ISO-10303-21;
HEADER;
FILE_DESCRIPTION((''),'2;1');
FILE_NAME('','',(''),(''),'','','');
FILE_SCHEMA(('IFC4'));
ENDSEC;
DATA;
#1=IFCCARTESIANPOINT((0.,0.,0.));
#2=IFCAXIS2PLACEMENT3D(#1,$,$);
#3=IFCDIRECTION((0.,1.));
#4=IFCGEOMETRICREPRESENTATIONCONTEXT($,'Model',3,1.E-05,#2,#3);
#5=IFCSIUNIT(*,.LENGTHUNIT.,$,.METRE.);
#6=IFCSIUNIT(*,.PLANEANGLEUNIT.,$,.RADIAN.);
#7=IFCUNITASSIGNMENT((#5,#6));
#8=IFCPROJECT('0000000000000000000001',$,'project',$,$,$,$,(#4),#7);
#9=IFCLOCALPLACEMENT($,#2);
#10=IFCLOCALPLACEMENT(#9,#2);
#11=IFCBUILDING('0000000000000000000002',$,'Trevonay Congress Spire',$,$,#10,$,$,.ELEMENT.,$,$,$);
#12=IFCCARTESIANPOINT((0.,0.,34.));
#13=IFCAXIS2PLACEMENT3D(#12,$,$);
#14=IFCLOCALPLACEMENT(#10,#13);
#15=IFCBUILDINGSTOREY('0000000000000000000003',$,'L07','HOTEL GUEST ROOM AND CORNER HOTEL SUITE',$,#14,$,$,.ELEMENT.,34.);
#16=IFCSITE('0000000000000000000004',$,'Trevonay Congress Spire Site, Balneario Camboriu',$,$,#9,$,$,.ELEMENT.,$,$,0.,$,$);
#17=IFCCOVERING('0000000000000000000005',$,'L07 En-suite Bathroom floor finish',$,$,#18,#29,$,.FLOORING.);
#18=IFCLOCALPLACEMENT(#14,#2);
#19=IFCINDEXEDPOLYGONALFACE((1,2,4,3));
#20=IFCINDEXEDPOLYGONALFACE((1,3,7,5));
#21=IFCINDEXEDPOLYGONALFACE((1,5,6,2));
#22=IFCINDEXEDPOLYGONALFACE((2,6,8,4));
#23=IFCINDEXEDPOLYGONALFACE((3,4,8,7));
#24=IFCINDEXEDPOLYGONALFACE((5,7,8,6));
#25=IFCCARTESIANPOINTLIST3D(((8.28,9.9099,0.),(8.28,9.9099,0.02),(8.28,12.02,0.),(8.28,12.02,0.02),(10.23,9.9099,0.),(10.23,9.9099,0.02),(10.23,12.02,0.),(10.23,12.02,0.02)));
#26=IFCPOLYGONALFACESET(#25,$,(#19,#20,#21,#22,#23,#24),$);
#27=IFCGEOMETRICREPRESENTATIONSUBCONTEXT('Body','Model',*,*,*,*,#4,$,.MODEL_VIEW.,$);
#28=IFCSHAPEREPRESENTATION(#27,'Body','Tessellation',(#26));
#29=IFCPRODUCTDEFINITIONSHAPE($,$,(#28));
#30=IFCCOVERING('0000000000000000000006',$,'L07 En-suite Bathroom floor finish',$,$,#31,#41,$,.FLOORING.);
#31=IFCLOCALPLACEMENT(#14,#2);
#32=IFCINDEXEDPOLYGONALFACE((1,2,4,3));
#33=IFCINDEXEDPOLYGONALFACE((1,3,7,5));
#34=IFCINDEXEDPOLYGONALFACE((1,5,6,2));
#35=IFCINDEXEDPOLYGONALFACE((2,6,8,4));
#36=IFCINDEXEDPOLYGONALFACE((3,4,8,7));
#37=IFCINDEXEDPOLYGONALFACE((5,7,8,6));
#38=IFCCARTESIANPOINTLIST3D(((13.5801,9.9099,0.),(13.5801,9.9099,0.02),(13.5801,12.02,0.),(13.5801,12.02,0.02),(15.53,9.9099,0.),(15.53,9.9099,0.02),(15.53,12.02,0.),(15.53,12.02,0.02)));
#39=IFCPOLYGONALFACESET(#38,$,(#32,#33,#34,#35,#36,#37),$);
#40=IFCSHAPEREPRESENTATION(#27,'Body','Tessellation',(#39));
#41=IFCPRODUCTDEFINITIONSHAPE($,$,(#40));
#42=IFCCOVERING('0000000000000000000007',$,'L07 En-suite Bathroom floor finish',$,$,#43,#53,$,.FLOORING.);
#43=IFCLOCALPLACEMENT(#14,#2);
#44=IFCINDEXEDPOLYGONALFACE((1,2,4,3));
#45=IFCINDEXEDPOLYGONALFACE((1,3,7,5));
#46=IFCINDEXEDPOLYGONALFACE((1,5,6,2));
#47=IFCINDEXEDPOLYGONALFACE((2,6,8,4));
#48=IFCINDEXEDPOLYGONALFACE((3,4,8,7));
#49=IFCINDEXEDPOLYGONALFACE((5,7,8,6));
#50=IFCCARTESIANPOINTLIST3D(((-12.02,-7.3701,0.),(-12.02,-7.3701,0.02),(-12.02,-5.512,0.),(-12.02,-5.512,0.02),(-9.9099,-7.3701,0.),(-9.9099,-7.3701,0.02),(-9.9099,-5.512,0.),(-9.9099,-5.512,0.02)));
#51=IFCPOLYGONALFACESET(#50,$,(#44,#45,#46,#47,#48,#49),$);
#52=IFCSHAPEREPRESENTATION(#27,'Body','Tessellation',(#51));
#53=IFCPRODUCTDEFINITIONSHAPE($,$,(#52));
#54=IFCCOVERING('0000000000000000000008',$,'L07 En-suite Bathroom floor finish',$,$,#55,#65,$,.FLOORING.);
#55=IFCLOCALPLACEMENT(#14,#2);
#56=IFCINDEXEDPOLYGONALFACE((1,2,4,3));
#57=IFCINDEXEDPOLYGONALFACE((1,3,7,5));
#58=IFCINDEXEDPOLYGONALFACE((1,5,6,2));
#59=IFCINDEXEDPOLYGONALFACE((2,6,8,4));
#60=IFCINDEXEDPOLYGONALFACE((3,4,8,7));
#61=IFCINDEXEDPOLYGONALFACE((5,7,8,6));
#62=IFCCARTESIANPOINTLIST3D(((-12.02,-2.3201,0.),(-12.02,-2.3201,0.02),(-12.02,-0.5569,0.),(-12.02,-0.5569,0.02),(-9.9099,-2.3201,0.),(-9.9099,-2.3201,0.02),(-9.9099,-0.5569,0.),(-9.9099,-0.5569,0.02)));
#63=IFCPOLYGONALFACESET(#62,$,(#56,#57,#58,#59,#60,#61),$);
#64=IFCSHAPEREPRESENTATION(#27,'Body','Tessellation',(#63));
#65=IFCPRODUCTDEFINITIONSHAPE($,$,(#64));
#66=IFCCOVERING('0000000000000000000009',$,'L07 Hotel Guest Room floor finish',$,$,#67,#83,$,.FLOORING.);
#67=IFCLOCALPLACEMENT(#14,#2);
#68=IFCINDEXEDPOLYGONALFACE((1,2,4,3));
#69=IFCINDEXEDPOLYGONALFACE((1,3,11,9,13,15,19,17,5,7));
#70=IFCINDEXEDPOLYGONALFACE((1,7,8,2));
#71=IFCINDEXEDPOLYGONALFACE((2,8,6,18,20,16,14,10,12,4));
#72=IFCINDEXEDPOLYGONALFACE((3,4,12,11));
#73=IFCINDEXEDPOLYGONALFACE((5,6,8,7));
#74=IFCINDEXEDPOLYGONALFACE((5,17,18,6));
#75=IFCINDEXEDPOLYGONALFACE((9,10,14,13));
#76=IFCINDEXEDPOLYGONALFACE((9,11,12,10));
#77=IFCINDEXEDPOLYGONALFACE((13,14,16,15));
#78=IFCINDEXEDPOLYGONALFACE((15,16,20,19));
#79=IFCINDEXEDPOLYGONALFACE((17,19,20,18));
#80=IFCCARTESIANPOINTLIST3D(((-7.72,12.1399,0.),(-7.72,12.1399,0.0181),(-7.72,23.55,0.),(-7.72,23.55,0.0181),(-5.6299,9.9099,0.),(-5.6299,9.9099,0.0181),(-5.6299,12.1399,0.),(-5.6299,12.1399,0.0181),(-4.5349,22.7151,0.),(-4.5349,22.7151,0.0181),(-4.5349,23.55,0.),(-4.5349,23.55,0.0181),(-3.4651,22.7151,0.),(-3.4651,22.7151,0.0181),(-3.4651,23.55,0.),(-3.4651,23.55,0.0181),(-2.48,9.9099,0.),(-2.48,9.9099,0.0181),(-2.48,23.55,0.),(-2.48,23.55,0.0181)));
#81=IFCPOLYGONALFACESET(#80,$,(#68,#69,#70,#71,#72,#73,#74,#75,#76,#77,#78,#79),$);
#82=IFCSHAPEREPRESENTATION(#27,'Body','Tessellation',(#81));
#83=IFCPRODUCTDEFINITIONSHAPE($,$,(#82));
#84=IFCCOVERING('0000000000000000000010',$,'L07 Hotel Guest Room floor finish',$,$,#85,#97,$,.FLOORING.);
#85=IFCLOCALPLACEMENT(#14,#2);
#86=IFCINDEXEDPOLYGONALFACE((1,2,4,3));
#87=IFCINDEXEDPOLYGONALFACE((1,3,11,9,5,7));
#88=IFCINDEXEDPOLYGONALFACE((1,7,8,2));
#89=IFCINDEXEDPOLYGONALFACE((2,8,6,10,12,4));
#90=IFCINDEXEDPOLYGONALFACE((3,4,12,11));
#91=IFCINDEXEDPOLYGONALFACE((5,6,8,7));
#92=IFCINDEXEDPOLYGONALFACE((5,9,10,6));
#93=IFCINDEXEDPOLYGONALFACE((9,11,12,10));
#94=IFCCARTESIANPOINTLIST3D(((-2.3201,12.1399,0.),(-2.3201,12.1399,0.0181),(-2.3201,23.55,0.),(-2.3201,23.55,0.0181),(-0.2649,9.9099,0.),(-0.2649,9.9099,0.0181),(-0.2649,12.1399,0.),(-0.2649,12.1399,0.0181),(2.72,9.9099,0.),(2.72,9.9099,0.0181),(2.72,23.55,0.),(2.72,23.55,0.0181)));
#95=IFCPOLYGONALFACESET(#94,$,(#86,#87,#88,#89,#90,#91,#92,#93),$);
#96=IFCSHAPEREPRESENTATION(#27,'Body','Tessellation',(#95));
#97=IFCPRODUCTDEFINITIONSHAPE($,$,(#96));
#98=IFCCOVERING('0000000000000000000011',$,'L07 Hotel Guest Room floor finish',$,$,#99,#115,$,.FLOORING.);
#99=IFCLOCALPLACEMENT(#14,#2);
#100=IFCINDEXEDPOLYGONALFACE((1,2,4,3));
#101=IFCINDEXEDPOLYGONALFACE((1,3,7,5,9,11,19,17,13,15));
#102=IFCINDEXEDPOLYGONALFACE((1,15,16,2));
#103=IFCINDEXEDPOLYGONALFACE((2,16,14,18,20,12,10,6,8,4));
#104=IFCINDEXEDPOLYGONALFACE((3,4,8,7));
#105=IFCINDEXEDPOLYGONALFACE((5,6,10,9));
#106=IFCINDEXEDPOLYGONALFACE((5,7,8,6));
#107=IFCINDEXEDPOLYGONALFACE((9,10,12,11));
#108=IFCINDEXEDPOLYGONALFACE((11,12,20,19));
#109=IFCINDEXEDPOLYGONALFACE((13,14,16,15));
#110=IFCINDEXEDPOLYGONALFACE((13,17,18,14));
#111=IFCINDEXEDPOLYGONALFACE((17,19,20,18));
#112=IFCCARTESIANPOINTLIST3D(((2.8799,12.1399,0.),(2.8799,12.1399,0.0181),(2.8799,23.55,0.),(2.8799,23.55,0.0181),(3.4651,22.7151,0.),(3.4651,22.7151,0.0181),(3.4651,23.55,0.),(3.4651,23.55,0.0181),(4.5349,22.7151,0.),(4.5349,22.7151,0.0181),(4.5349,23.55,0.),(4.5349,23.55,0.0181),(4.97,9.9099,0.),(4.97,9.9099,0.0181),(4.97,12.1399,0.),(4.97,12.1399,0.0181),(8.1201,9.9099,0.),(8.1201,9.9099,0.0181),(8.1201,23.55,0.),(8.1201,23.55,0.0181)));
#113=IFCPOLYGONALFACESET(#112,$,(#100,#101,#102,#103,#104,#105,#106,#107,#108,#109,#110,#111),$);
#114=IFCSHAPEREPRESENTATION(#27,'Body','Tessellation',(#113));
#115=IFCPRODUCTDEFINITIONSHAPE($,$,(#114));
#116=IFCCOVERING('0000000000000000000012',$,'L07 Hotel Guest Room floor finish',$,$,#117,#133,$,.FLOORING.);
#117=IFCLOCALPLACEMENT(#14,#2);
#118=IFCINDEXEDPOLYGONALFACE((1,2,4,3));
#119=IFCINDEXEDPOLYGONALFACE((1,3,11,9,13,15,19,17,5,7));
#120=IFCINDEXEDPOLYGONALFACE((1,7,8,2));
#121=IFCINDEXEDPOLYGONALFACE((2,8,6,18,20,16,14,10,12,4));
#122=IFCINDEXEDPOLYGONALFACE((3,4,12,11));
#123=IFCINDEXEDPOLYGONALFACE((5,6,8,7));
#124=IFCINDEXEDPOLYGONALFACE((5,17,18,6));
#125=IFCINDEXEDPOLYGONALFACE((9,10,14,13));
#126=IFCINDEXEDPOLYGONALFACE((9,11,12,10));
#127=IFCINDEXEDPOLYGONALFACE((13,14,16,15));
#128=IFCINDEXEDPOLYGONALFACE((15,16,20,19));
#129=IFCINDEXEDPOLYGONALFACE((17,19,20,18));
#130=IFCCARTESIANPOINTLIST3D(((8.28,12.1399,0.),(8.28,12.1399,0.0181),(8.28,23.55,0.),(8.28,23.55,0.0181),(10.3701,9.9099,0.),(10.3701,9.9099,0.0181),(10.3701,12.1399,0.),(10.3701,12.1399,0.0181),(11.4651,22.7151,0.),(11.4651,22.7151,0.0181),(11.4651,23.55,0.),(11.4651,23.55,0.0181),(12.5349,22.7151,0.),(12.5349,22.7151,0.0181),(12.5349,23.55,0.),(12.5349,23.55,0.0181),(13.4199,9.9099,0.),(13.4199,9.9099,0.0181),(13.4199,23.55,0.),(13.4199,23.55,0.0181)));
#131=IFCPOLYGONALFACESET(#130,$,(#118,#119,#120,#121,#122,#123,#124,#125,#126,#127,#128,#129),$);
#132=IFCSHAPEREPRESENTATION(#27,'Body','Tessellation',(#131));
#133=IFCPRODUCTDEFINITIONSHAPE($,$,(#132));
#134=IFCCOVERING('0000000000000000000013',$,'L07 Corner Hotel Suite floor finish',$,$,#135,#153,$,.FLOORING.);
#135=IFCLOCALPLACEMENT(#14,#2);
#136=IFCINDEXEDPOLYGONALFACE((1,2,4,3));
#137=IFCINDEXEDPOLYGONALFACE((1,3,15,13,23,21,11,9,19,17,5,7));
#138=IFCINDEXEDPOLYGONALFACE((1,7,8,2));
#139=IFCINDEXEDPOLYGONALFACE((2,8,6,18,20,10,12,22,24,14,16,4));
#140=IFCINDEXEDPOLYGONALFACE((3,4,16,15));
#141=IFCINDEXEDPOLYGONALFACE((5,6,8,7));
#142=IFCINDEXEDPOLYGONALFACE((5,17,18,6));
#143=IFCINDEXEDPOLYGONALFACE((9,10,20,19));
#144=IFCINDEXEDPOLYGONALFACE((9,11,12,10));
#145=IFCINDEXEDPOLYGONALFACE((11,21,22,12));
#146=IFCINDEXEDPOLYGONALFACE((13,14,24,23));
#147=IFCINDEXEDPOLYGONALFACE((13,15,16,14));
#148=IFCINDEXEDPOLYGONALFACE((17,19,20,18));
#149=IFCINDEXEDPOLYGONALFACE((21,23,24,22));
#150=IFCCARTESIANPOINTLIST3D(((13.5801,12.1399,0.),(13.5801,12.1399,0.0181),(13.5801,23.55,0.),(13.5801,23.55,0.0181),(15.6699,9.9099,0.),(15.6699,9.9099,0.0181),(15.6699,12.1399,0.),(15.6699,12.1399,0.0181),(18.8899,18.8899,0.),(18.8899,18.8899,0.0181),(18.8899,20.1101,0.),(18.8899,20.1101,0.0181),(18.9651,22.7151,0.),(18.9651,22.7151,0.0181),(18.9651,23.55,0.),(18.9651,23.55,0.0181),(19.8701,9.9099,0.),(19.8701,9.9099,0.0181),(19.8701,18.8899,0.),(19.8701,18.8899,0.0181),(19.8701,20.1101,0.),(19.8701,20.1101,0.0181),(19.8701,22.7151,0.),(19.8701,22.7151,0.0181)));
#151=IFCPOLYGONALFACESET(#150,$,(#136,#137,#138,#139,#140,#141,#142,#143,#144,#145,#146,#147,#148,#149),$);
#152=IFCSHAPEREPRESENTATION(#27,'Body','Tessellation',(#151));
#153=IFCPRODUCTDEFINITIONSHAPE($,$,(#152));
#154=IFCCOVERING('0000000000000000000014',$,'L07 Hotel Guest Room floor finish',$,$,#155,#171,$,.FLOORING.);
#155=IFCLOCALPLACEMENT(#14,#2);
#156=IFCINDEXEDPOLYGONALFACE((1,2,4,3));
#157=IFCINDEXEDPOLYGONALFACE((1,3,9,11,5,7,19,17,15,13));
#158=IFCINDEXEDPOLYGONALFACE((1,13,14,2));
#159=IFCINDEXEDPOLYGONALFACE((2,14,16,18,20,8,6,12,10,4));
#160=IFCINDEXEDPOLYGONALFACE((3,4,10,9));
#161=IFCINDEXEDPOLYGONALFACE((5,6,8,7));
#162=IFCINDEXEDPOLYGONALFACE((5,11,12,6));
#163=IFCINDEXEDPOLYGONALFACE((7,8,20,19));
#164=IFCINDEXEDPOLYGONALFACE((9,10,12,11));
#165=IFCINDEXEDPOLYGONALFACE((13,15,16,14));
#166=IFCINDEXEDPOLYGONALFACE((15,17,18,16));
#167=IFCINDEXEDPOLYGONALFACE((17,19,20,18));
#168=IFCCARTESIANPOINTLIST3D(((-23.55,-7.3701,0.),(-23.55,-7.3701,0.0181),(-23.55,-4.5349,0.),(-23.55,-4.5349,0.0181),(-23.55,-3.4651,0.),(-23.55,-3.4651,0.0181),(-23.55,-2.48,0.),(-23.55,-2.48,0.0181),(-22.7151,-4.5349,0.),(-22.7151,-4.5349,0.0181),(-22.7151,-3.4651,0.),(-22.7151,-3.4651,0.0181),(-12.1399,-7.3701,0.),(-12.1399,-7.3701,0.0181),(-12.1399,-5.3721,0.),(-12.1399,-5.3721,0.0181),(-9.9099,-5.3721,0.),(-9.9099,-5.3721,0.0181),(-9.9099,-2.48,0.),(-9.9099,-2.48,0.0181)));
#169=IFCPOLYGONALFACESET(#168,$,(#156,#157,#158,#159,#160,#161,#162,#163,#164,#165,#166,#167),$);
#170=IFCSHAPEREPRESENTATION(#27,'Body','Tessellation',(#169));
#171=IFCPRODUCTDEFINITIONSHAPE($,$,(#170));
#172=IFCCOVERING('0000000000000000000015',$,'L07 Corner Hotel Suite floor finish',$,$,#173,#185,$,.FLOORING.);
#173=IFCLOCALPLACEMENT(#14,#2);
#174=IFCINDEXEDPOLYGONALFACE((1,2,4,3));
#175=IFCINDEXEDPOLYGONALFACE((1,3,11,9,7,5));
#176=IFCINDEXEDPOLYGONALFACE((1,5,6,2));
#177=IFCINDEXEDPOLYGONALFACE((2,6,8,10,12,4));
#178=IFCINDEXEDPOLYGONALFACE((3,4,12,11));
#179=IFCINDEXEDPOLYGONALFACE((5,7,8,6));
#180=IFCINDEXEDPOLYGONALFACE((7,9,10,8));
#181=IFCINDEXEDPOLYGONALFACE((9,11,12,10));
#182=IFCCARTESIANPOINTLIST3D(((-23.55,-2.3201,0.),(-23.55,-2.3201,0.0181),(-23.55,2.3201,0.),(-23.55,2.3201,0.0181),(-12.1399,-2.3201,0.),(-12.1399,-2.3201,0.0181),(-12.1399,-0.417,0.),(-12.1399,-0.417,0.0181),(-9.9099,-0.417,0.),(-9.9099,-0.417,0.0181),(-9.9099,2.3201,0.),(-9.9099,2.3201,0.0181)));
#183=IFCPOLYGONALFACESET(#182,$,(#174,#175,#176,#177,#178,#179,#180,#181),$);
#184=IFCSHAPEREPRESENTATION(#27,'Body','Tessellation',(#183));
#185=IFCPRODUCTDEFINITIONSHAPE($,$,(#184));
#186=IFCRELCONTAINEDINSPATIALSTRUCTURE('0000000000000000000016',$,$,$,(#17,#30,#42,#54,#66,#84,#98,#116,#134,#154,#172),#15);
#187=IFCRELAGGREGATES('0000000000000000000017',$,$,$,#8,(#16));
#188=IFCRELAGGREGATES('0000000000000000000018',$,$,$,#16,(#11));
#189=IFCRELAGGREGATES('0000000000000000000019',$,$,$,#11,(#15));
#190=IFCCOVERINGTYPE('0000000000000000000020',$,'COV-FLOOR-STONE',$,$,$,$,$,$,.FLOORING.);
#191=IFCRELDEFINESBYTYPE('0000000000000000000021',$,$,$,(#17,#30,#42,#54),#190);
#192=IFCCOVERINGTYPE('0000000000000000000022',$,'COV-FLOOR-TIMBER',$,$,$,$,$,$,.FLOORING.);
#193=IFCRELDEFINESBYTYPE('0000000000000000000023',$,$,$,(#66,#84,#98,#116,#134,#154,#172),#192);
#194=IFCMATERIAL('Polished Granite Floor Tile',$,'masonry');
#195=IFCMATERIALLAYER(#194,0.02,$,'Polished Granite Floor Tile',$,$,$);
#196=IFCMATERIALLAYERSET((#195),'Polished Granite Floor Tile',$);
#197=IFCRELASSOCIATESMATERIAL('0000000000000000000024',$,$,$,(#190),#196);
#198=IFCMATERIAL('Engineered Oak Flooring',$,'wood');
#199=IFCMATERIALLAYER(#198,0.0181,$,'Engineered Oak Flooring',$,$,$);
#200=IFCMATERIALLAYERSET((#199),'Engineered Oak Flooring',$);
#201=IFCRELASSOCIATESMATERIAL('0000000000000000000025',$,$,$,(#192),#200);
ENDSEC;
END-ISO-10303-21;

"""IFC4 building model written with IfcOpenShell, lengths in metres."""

from ifc_helpers import new_model, si_unit, direction, frame, origin, place, context, subcontext, project, spatial, polyline, outline, extrude, material, layer, layer_set, type_object, element, save


model = new_model("IFC4")

# Units and contexts
model_context = context("Model", 3, precision=1e-05, world=origin(), true_north=direction((0.0, 1.0)))
body_context = subcontext(model_context, "Body", "Model", "MODEL_VIEW")
ifc_project = project(units=[si_unit("LENGTHUNIT", "METRE"), si_unit("PLANEANGLEUNIT", "RADIAN")], contexts=[model_context])

# Site, building, storey
site_placement = place(None, origin())
site = spatial("IfcSite", under=ifc_project, at=site_placement, Name="Trevonay Congress Spire Site, Balneario Camboriu", CompositionType="ELEMENT", RefElevation=0.0)
building_placement = place(site_placement, origin())
building = spatial("IfcBuilding", under=site, at=building_placement, Name="Trevonay Congress Spire", CompositionType="ELEMENT")
storey_placement = place(building_placement, frame((0.0, 0.0, 34.0)))
storey = spatial("IfcBuildingStorey", under=building, at=storey_placement, Name="L07", Description="HOTEL GUEST ROOM AND CORNER HOTEL SUITE", CompositionType="ELEMENT", Elevation=34.0)

# Coverings
ifc_material_1 = material(Name="Polished Granite Floor Tile", Category="masonry")
ifc_layer_1 = layer(ifc_material_1, 0.02, Name="Polished Granite Floor Tile")
ifc_layer_set_1 = layer_set([ifc_layer_1], Name="Polished Granite Floor Tile")
covering_type_1 = type_object("IfcCoveringType", Name="COV-FLOOR-STONE", PredefinedType="FLOORING", material=ifc_layer_set_1)
covering_1_placement = place(storey_placement, origin())
element("IfcCovering", 1, at=covering_1_placement, inside=storey, type_object=covering_type_1, Name="L07 En-suite Bathroom floor finish", PredefinedType="FLOORING", context=body_context, shape_type="SweptSolid", body=[
    extrude(outline(polyline([(8.28, 9.9099), (10.23, 9.9099), (10.23, 12.02), (8.28, 12.02), (8.28, 9.9099)])), origin(), (0.0, 0.0, 1.0), 0.02),
])
covering_2_placement = place(storey_placement, origin())
element("IfcCovering", 2, at=covering_2_placement, inside=storey, type_object=covering_type_1, Name="L07 En-suite Bathroom floor finish", PredefinedType="FLOORING", context=body_context, shape_type="SweptSolid", body=[
    extrude(outline(polyline([(13.5801, 9.9099), (15.53, 9.9099), (15.53, 12.02), (13.5801, 12.02), (13.5801, 9.9099)])), origin(), (0.0, 0.0, 1.0), 0.02),
])
covering_3_placement = place(storey_placement, origin())
element("IfcCovering", 3, at=covering_3_placement, inside=storey, type_object=covering_type_1, Name="L07 En-suite Bathroom floor finish", PredefinedType="FLOORING", context=body_context, shape_type="SweptSolid", body=[
    extrude(outline(polyline([(-12.02, -7.3701), (-9.9099, -7.3701), (-9.9099, -5.512), (-12.02, -5.512), (-12.02, -7.3701)])), origin(), (0.0, 0.0, 1.0), 0.02),
])
covering_4_placement = place(storey_placement, origin())
element("IfcCovering", 4, at=covering_4_placement, inside=storey, type_object=covering_type_1, Name="L07 En-suite Bathroom floor finish", PredefinedType="FLOORING", context=body_context, shape_type="SweptSolid", body=[
    extrude(outline(polyline([(-12.02, -2.3201), (-9.9099, -2.3201), (-9.9099, -0.5569), (-12.02, -0.5569), (-12.02, -2.3201)])), origin(), (0.0, 0.0, 1.0), 0.02),
])
ifc_material_2 = material(Name="Engineered Oak Flooring", Category="wood")
ifc_layer_2 = layer(ifc_material_2, 0.0181, Name="Engineered Oak Flooring")
ifc_layer_set_2 = layer_set([ifc_layer_2], Name="Engineered Oak Flooring")
covering_type_2 = type_object("IfcCoveringType", Name="COV-FLOOR-TIMBER", PredefinedType="FLOORING", material=ifc_layer_set_2)
covering_5_placement = place(storey_placement, origin())
element("IfcCovering", 5, at=covering_5_placement, inside=storey, type_object=covering_type_2, Name="L07 Hotel Guest Room floor finish", PredefinedType="FLOORING", context=body_context, shape_type="SweptSolid", body=[
    extrude(outline(polyline([(-2.48, 23.55), (-2.48, 9.9099), (-5.6299, 9.9099), (-5.6299, 12.1399), (-7.72, 12.1399), (-7.72, 23.55), (-4.5349, 23.55), (-4.5349, 22.7151), (-3.4651, 22.7151), (-3.4651, 23.55), (-2.48, 23.55)])), origin(), (0.0, 0.0, 1.0), 0.0181),
])
covering_6_placement = place(storey_placement, origin())
element("IfcCovering", 6, at=covering_6_placement, inside=storey, type_object=covering_type_2, Name="L07 Hotel Guest Room floor finish", PredefinedType="FLOORING", context=body_context, shape_type="SweptSolid", body=[
    extrude(outline(polyline([(-0.2649, 9.9099), (2.72, 9.9099), (2.72, 23.55), (-2.3201, 23.55), (-2.3201, 12.1399), (-0.2649, 12.1399), (-0.2649, 9.9099)])), origin(), (0.0, 0.0, 1.0), 0.0181),
])
covering_7_placement = place(storey_placement, origin())
element("IfcCovering", 7, at=covering_7_placement, inside=storey, type_object=covering_type_2, Name="L07 Hotel Guest Room floor finish", PredefinedType="FLOORING", context=body_context, shape_type="SweptSolid", body=[
    extrude(outline(polyline([(8.1201, 23.55), (8.1201, 9.9099), (4.97, 9.9099), (4.97, 12.1399), (2.8799, 12.1399), (2.8799, 23.55), (3.4651, 23.55), (3.4651, 22.7151), (4.5349, 22.7151), (4.5349, 23.55), (8.1201, 23.55)])), origin(), (0.0, 0.0, 1.0), 0.0181),
])
covering_8_placement = place(storey_placement, origin())
element("IfcCovering", 8, at=covering_8_placement, inside=storey, type_object=covering_type_2, Name="L07 Hotel Guest Room floor finish", PredefinedType="FLOORING", context=body_context, shape_type="SweptSolid", body=[
    extrude(outline(polyline([(13.4199, 23.55), (13.4199, 9.9099), (10.3701, 9.9099), (10.3701, 12.1399), (8.28, 12.1399), (8.28, 23.55), (11.4651, 23.55), (11.4651, 22.7151), (12.5349, 22.7151), (12.5349, 23.55), (13.4199, 23.55)])), origin(), (0.0, 0.0, 1.0), 0.0181),
])
covering_9_placement = place(storey_placement, origin())
element("IfcCovering", 9, at=covering_9_placement, inside=storey, type_object=covering_type_2, Name="L07 Corner Hotel Suite floor finish", PredefinedType="FLOORING", context=body_context, shape_type="SweptSolid", body=[
    extrude(outline(polyline([(19.8701, 9.9099), (15.6699, 9.9099), (15.6699, 12.1399), (13.5801, 12.1399), (13.5801, 23.55), (18.9651, 23.55), (18.9651, 22.7151), (19.8701, 22.7151), (19.8701, 20.1101), (18.8899, 20.1101), (18.8899, 18.8899), (19.8701, 18.8899), (19.8701, 9.9099)])), origin(), (0.0, 0.0, 1.0), 0.0181),
])
covering_10_placement = place(storey_placement, origin())
element("IfcCovering", 10, at=covering_10_placement, inside=storey, type_object=covering_type_2, Name="L07 Hotel Guest Room floor finish", PredefinedType="FLOORING", context=body_context, shape_type="SweptSolid", body=[
    extrude(outline(polyline([(-23.55, -4.5349), (-22.7151, -4.5349), (-22.7151, -3.4651), (-23.55, -3.4651), (-23.55, -2.48), (-9.9099, -2.48), (-9.9099, -5.3721), (-12.1399, -5.3721), (-12.1399, -7.3701), (-23.55, -7.3701), (-23.55, -4.5349)])), origin(), (0.0, 0.0, 1.0), 0.0181),
])
covering_11_placement = place(storey_placement, origin())
element("IfcCovering", 11, at=covering_11_placement, inside=storey, type_object=covering_type_2, Name="L07 Corner Hotel Suite floor finish", PredefinedType="FLOORING", context=body_context, shape_type="SweptSolid", body=[
    extrude(outline(polyline([(-23.55, -2.3201), (-23.55, 2.3201), (-9.9099, 2.3201), (-9.9099, -0.417), (-12.1399, -0.417), (-12.1399, -2.3201), (-23.55, -2.3201)])), origin(), (0.0, 0.0, 1.0), 0.0181),
])

save(model, "model.ifc")
